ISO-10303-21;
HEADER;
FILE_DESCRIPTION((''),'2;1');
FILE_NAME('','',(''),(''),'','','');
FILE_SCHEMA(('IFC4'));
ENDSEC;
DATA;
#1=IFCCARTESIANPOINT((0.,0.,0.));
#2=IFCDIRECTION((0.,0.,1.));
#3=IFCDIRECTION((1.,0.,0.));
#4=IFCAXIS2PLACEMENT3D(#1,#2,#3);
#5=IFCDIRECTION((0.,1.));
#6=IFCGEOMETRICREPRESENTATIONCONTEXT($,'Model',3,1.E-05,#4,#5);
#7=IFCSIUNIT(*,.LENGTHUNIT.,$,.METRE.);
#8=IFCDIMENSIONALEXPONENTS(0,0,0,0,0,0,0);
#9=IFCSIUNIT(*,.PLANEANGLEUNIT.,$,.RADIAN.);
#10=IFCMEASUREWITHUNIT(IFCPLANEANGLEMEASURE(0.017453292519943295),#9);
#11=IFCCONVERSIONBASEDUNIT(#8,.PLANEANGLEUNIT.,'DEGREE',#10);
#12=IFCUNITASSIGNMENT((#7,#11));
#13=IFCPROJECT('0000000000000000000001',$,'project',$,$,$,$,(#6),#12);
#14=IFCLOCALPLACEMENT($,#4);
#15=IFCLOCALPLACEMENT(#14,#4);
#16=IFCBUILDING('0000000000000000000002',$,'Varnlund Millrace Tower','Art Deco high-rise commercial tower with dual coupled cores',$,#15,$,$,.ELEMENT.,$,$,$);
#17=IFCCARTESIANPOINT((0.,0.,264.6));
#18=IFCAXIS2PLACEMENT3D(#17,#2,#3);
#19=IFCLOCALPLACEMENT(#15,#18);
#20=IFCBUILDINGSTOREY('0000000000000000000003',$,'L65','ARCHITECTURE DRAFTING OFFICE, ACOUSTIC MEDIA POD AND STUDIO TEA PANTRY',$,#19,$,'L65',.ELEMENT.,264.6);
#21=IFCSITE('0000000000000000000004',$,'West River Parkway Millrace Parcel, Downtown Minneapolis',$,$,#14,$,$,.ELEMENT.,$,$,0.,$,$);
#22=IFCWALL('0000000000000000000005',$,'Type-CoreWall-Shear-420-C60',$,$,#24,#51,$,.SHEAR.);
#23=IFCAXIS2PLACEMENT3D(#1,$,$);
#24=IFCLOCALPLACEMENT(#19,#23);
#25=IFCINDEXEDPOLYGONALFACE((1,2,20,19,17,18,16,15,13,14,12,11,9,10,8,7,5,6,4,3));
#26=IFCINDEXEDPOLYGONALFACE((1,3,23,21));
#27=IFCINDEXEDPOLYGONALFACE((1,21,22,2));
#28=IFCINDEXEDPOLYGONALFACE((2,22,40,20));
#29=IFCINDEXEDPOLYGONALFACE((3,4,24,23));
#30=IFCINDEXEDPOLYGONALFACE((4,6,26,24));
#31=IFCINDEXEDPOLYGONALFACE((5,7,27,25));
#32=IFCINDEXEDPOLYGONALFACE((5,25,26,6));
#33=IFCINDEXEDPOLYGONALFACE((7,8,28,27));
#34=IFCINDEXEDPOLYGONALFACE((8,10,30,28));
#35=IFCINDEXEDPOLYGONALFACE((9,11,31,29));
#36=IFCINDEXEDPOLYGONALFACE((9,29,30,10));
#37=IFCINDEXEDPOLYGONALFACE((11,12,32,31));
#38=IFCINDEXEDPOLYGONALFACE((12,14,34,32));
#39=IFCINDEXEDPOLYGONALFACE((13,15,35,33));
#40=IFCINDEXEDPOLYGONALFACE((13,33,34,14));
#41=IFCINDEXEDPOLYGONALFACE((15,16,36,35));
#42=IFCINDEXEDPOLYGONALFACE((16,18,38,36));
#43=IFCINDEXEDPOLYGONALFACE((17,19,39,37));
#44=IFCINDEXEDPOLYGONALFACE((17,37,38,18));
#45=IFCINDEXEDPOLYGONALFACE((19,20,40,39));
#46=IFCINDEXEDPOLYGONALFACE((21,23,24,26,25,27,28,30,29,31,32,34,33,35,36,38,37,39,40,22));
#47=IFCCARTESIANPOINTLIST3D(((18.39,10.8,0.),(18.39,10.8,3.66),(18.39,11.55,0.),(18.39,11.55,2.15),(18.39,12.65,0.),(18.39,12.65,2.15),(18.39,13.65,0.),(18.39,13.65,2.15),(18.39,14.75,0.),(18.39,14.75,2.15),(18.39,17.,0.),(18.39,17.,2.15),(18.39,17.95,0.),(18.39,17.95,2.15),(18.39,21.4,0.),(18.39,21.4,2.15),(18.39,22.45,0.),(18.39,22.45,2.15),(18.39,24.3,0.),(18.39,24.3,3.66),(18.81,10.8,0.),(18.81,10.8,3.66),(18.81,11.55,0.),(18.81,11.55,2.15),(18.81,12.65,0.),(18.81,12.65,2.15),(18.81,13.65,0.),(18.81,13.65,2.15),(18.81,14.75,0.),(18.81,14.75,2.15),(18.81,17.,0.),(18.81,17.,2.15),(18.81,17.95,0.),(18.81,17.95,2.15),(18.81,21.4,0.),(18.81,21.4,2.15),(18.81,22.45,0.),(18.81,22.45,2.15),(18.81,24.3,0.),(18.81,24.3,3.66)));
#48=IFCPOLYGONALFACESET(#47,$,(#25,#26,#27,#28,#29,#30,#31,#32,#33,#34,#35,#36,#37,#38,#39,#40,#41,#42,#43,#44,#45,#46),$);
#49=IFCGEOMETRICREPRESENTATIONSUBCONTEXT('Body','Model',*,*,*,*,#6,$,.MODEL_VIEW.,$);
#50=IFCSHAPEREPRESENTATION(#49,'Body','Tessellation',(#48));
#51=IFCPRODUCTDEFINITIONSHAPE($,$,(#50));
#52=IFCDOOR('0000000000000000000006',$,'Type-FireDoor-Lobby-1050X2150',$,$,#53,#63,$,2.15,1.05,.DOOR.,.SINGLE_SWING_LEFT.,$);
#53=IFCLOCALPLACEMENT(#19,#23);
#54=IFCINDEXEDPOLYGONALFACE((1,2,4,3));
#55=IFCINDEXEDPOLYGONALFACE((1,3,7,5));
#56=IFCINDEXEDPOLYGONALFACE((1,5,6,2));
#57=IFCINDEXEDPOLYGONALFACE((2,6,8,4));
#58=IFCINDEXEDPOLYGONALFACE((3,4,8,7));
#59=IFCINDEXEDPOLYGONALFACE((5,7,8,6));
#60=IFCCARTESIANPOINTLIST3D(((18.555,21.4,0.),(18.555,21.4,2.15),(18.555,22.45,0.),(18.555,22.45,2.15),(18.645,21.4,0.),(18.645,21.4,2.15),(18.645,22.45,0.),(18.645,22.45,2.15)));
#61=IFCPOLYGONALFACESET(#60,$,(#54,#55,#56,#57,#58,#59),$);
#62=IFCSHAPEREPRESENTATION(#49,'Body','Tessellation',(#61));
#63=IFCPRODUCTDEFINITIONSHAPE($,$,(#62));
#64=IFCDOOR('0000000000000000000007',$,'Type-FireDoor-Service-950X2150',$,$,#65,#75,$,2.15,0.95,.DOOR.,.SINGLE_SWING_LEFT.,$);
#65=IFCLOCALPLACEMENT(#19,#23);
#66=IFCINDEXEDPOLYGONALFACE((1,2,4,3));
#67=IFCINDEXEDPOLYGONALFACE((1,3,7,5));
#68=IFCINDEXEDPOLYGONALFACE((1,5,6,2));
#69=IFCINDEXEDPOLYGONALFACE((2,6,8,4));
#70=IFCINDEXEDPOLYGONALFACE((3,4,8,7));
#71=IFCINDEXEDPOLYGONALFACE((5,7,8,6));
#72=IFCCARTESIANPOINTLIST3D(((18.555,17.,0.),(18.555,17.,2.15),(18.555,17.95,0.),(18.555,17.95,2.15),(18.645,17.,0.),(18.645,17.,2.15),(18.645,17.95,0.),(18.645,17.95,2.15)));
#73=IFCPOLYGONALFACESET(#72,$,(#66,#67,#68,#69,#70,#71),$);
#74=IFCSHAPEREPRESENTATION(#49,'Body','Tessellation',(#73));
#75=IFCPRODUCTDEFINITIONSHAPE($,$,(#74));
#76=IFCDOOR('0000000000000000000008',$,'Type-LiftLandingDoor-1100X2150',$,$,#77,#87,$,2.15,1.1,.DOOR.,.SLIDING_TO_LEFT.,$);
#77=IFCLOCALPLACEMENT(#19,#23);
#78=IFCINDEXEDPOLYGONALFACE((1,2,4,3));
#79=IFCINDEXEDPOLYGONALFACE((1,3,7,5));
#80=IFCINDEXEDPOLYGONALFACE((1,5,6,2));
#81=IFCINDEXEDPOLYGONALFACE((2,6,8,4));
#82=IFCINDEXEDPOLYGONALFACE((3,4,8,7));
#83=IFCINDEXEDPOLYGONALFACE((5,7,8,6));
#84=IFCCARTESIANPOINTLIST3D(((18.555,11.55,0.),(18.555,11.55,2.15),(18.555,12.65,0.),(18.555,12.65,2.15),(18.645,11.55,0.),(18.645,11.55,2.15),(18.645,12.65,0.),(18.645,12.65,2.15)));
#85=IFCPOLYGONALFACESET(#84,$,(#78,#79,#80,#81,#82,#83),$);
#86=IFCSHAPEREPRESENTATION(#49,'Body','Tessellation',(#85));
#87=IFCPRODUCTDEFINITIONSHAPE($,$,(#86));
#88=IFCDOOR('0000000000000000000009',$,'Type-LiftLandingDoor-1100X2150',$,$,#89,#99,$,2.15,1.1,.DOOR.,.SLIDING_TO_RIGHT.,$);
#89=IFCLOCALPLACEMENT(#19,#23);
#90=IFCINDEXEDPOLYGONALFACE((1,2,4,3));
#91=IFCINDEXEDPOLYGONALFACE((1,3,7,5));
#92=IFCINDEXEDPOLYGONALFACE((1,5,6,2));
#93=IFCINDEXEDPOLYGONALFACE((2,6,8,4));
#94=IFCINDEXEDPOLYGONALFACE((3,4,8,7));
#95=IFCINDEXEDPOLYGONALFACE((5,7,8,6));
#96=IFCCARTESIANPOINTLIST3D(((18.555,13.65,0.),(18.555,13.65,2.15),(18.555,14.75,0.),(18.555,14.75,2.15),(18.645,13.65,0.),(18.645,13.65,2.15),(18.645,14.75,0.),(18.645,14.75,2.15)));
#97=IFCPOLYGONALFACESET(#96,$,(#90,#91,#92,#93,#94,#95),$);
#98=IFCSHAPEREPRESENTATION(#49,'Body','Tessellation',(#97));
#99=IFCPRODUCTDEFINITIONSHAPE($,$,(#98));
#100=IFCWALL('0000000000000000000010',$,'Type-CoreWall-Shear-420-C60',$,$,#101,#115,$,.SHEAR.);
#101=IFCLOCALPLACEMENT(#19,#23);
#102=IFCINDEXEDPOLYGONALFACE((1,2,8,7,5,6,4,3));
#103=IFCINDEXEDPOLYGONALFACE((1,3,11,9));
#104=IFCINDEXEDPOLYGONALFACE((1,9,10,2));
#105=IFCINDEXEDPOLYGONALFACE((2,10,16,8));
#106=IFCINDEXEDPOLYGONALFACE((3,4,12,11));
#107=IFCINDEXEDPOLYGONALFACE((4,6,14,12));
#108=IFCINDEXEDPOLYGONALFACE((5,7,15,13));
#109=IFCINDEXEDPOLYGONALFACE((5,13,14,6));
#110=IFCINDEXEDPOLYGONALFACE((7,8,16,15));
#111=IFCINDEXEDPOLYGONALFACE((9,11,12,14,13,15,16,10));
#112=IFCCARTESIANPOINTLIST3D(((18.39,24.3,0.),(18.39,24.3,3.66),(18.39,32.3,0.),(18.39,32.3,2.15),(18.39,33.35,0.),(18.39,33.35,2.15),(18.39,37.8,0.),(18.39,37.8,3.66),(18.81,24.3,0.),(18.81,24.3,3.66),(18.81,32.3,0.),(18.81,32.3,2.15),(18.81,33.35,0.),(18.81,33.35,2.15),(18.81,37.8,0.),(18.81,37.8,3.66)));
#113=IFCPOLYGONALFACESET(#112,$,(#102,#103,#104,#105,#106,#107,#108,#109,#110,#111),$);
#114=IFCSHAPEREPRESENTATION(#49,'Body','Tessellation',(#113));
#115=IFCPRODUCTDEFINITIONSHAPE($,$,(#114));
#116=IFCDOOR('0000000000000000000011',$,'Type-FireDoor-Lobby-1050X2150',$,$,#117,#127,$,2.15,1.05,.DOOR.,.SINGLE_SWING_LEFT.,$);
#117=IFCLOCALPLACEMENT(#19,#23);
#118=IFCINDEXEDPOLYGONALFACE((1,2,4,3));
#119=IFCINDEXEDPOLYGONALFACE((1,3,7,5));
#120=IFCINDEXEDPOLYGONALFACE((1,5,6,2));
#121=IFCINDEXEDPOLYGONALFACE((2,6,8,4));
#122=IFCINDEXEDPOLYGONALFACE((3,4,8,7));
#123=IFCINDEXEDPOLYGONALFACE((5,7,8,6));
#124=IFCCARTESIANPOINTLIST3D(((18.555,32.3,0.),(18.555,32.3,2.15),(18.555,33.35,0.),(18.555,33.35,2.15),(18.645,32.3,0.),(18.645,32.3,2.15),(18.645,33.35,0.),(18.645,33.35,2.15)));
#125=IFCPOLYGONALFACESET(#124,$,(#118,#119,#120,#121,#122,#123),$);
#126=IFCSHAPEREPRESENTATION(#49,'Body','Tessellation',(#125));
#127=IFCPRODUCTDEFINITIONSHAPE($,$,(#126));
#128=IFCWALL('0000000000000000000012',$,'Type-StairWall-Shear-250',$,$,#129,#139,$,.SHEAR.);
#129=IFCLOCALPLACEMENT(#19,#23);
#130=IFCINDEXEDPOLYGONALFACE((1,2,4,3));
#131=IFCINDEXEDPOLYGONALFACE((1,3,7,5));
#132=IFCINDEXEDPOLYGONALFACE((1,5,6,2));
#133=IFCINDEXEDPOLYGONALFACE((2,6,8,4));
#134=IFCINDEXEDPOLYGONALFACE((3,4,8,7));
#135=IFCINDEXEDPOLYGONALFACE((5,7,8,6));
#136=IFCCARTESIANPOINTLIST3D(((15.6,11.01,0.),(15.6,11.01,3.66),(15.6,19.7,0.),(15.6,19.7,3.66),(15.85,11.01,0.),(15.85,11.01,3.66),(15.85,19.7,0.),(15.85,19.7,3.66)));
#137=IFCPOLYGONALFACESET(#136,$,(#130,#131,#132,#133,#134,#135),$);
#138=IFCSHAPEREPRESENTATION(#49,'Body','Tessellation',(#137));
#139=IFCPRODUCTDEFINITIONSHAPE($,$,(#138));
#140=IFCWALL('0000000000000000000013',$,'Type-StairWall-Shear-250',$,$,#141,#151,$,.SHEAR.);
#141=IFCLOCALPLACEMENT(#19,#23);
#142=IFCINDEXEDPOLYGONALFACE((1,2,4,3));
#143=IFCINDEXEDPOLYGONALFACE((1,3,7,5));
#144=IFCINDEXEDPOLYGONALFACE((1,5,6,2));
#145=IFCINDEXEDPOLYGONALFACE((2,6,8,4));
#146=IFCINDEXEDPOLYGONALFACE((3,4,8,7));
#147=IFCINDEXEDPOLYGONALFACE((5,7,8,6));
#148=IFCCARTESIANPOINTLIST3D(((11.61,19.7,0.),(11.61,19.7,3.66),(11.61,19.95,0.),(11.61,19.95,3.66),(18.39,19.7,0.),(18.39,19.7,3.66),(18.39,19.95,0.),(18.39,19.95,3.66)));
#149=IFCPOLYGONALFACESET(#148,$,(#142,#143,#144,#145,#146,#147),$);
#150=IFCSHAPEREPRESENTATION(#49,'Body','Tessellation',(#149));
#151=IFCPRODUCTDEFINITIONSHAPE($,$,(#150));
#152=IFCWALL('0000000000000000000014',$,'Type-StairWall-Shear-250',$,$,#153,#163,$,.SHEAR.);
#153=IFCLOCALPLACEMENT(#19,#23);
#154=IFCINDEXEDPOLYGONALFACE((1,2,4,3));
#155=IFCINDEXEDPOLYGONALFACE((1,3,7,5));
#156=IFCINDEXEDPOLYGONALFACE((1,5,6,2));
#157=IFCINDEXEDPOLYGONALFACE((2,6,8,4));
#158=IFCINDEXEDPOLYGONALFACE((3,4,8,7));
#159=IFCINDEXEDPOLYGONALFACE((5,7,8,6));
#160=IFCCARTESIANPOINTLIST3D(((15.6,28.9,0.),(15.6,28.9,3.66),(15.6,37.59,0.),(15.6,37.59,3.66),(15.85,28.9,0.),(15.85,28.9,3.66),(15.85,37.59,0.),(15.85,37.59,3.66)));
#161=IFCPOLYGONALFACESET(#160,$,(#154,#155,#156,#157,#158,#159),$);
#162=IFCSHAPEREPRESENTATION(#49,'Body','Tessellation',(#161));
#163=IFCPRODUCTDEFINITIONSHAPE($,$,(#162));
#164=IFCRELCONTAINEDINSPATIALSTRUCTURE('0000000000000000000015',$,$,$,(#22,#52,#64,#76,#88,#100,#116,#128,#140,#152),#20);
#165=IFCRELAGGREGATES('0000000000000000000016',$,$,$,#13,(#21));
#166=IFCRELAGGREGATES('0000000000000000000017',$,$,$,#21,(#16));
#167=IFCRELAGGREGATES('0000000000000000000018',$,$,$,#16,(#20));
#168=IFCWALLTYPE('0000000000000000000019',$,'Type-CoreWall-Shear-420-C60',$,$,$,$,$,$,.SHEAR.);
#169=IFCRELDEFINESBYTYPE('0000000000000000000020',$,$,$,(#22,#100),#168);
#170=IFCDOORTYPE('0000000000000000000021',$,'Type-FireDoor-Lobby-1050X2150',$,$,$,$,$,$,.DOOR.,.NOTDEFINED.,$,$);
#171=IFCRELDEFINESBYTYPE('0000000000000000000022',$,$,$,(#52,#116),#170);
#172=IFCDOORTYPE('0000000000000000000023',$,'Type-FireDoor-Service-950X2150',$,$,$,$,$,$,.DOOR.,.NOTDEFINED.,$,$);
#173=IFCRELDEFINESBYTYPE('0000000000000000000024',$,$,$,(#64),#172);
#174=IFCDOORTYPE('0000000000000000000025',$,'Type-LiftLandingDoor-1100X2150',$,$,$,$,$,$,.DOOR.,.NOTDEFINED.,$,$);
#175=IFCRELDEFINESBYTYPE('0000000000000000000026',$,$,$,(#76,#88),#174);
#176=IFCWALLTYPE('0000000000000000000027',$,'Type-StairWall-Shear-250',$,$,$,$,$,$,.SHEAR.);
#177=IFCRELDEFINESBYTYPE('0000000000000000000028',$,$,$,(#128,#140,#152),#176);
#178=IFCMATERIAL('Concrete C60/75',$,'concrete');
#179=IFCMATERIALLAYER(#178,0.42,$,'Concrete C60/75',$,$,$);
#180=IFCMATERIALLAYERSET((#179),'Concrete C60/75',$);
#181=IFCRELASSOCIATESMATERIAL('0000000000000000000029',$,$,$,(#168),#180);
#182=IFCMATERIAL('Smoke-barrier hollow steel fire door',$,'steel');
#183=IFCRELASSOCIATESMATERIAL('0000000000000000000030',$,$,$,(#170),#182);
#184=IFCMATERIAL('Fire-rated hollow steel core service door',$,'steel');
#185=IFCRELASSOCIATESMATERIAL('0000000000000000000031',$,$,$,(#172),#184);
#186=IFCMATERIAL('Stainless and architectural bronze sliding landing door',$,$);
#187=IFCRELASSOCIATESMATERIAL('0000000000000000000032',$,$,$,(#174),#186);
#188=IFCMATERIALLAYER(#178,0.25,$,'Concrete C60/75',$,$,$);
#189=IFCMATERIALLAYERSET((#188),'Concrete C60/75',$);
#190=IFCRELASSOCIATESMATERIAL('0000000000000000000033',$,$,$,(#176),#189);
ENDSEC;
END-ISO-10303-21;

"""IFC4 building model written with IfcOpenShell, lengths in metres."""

from ifc_helpers import new_model, entity, si_unit, converted_unit, direction, frame, origin_with_axes, origin_2d_with_axis, place, context, subcontext, project, spatial, polyline, rectangle, outline, extrude, material, layer, layer_set, type_object, element, fill, save


model = new_model("IFC4")

# Units and contexts
model_context = context("Model", 3, precision=1e-05, world=origin_with_axes(), true_north=direction((0.0, 1.0)))
body_context = subcontext(model_context, "Body", "Model", "MODEL_VIEW")
ifc_project = project(units=[si_unit("LENGTHUNIT", "METRE"), converted_unit("PLANEANGLEUNIT", "DEGREE", entity("IfcPlaneAngleMeasure", 0.017453292519943295), si_unit("PLANEANGLEUNIT", "RADIAN"), dimensions=[0, 0, 0, 0, 0, 0, 0])], contexts=[model_context])

# Site, building, storey
site_placement = place(None, origin_with_axes())
site = spatial("IfcSite", under=ifc_project, at=site_placement, Name="West River Parkway Millrace Parcel, Downtown Minneapolis", CompositionType="ELEMENT", RefElevation=0.0)
building_placement = place(site_placement, origin_with_axes())
building = spatial("IfcBuilding", under=site, at=building_placement, Name="Varnlund Millrace Tower", Description="Art Deco high-rise commercial tower with dual coupled cores", CompositionType="ELEMENT")
storey_placement = place(building_placement, frame((0.0, 0.0, 264.6), z_axis=(0.0, 0.0, 1.0), x_axis=(1.0, 0.0, 0.0)))
storey = spatial("IfcBuildingStorey", under=building, at=storey_placement, Name="L65", Description="ARCHITECTURE DRAFTING OFFICE, ACOUSTIC MEDIA POD AND STUDIO TEA PANTRY", LongName="L65", CompositionType="ELEMENT", Elevation=264.6)

# Shared definitions
ifc_material_1 = material(Name="Concrete C60/75", Category="concrete")

# Shared definitions
ifc_layer_1 = layer(ifc_material_1, 0.42, Name="Concrete C60/75")
ifc_layer_set_1 = layer_set([ifc_layer_1], Name="Concrete C60/75")
wall_type_1 = type_object("IfcWallType", Name="Type-CoreWall-Shear-420-C60", PredefinedType="SHEAR", material=ifc_layer_set_1)

# Wall, openings, doors
wall_1_placement = place(storey_placement, frame((18.6, 10.8, 0.0), z_axis=(0.0, 0.0, 1.0), x_axis=(0.0, 1.0, 0.0)))
wall_1 = element("IfcWall", 1, at=wall_1_placement, inside=storey, type_object=wall_type_1, Name="Type-CoreWall-Shear-420-C60", PredefinedType="SHEAR", context=body_context, shape_type="SweptSolid", body=[
    extrude(outline(polyline([(0.0, -0.21), (13.5, -0.21), (13.5, 0.21), (0.0, 0.21), (0.0, -0.21)])), origin_with_axes(), (0.0, 0.0, 1.0), 3.66),
])
opening_1_placement = place(wall_1_placement, frame((1.3, 0.0, 0.0), z_axis=(0.0, 0.0, 1.0), x_axis=(1.0, 0.0, 0.0)))
opening_1 = element("IfcOpeningElement", 2, at=opening_1_placement, cuts=wall_1, PredefinedType="OPENING", context=body_context, shape_type="SweptSolid", body=[
    extrude(rectangle(XDim=1.1, YDim=0.44, at=origin_2d_with_axis()), origin_with_axes(), (0.0, 0.0, 1.0), 2.15),
])
opening_2_placement = place(wall_1_placement, frame((3.4, 0.0, 0.0), z_axis=(0.0, 0.0, 1.0), x_axis=(1.0, 0.0, 0.0)))
opening_2 = element("IfcOpeningElement", 3, at=opening_2_placement, cuts=wall_1, PredefinedType="OPENING", context=body_context, shape_type="SweptSolid", body=[
    extrude(rectangle(XDim=1.1, YDim=0.44, at=origin_2d_with_axis()), origin_with_axes(), (0.0, 0.0, 1.0), 2.15),
])
opening_3_placement = place(wall_1_placement, frame((11.125, 0.0, 0.0), z_axis=(0.0, 0.0, 1.0), x_axis=(1.0, 0.0, 0.0)))
opening_3 = element("IfcOpeningElement", 4, at=opening_3_placement, cuts=wall_1, PredefinedType="OPENING", context=body_context, shape_type="SweptSolid", body=[
    extrude(rectangle(XDim=1.05, YDim=0.44, at=origin_2d_with_axis()), origin_with_axes(), (0.0, 0.0, 1.0), 2.15),
])
opening_4_placement = place(wall_1_placement, frame((6.675, 0.0, 0.0), z_axis=(0.0, 0.0, 1.0), x_axis=(1.0, 0.0, 0.0)))
opening_4 = element("IfcOpeningElement", 5, at=opening_4_placement, cuts=wall_1, PredefinedType="OPENING", context=body_context, shape_type="SweptSolid", body=[
    extrude(rectangle(XDim=0.95, YDim=0.44, at=origin_2d_with_axis()), origin_with_axes(), (0.0, 0.0, 1.0), 2.15),
])
ifc_material_2 = material(Name="Smoke-barrier hollow steel fire door", Category="steel")
door_type_1 = type_object("IfcDoorType", Name="Type-FireDoor-Lobby-1050X2150", OperationType="NOTDEFINED", PredefinedType="DOOR", material=ifc_material_2)
door_1_placement = place(wall_1_placement, frame((11.125, 0.0, 0.0), z_axis=(0.0, 0.0, 1.0), x_axis=(1.0, 0.0, 0.0)))
door_1 = element("IfcDoor", 6, at=door_1_placement, inside=storey, type_object=door_type_1, Name="Type-FireDoor-Lobby-1050X2150", OperationType="SINGLE_SWING_LEFT", OverallHeight=2.15, OverallWidth=1.05, PredefinedType="DOOR", context=body_context, shape_type="SweptSolid", body=[
    extrude(rectangle(XDim=1.05, YDim=0.09, at=origin_2d_with_axis()), origin_with_axes(), (0.0, 0.0, 1.0), 2.15),
])
fill(opening_3, door_1)
ifc_material_3 = material(Name="Fire-rated hollow steel core service door", Category="steel")
door_type_2 = type_object("IfcDoorType", Name="Type-FireDoor-Service-950X2150", OperationType="NOTDEFINED", PredefinedType="DOOR", material=ifc_material_3)
door_2_placement = place(wall_1_placement, frame((6.675, 0.0, 0.0), z_axis=(0.0, 0.0, 1.0), x_axis=(1.0, 0.0, 0.0)))
door_2 = element("IfcDoor", 7, at=door_2_placement, inside=storey, type_object=door_type_2, Name="Type-FireDoor-Service-950X2150", OperationType="SINGLE_SWING_LEFT", OverallHeight=2.15, OverallWidth=0.95, PredefinedType="DOOR", context=body_context, shape_type="SweptSolid", body=[
    extrude(rectangle(XDim=0.95, YDim=0.09, at=origin_2d_with_axis()), origin_with_axes(), (0.0, 0.0, 1.0), 2.15),
])
fill(opening_4, door_2)
ifc_material_4 = material(Name="Stainless and architectural bronze sliding landing door")
door_type_3 = type_object("IfcDoorType", Name="Type-LiftLandingDoor-1100X2150", OperationType="NOTDEFINED", PredefinedType="DOOR", material=ifc_material_4)
door_3_placement = place(wall_1_placement, frame((1.3, 0.0, 0.0), z_axis=(0.0, 0.0, 1.0), x_axis=(1.0, 0.0, 0.0)))
door_3 = element("IfcDoor", 8, at=door_3_placement, inside=storey, type_object=door_type_3, Name="Type-LiftLandingDoor-1100X2150", OperationType="SLIDING_TO_LEFT", OverallHeight=2.15, OverallWidth=1.1, PredefinedType="DOOR", context=body_context, shape_type="SweptSolid", body=[
    extrude(rectangle(XDim=1.1, YDim=0.09, at=origin_2d_with_axis()), origin_with_axes(), (0.0, 0.0, 1.0), 2.15),
])
fill(opening_1, door_3)
door_4_placement = place(wall_1_placement, frame((3.4, 0.0, 0.0), z_axis=(0.0, 0.0, 1.0), x_axis=(1.0, 0.0, 0.0)))
door_4 = element("IfcDoor", 9, at=door_4_placement, inside=storey, type_object=door_type_3, Name="Type-LiftLandingDoor-1100X2150", OperationType="SLIDING_TO_RIGHT", OverallHeight=2.15, OverallWidth=1.1, PredefinedType="DOOR", context=body_context, shape_type="SweptSolid", body=[
    extrude(rectangle(XDim=1.1, YDim=0.09, at=origin_2d_with_axis()), origin_with_axes(), (0.0, 0.0, 1.0), 2.15),
])
fill(opening_2, door_4)

# Wall, opening, door
wall_2_placement = place(storey_placement, frame((18.6, 24.3, 0.0), z_axis=(0.0, 0.0, 1.0), x_axis=(0.0, 1.0, 0.0)))
wall_2 = element("IfcWall", 10, at=wall_2_placement, inside=storey, type_object=wall_type_1, Name="Type-CoreWall-Shear-420-C60", PredefinedType="SHEAR", context=body_context, shape_type="SweptSolid", body=[
    extrude(outline(polyline([(0.0, -0.21), (13.5, -0.21), (13.5, 0.21), (0.0, 0.21), (0.0, -0.21)])), origin_with_axes(), (0.0, 0.0, 1.0), 3.66),
])
opening_5_placement = place(wall_2_placement, frame((8.525, 0.0, 0.0), z_axis=(0.0, 0.0, 1.0), x_axis=(1.0, 0.0, 0.0)))
opening_5 = element("IfcOpeningElement", 11, at=opening_5_placement, cuts=wall_2, PredefinedType="OPENING", context=body_context, shape_type="SweptSolid", body=[
    extrude(rectangle(XDim=1.05, YDim=0.44, at=origin_2d_with_axis()), origin_with_axes(), (0.0, 0.0, 1.0), 2.15),
])
door_5_placement = place(wall_2_placement, frame((8.525, 0.0, 0.0), z_axis=(0.0, 0.0, 1.0), x_axis=(1.0, 0.0, 0.0)))
door_5 = element("IfcDoor", 12, at=door_5_placement, inside=storey, type_object=door_type_1, Name="Type-FireDoor-Lobby-1050X2150", OperationType="SINGLE_SWING_LEFT", OverallHeight=2.15, OverallWidth=1.05, PredefinedType="DOOR", context=body_context, shape_type="SweptSolid", body=[
    extrude(rectangle(XDim=1.05, YDim=0.09, at=origin_2d_with_axis()), origin_with_axes(), (0.0, 0.0, 1.0), 2.15),
])
fill(opening_5, door_5)

# Walls
ifc_layer_2 = layer(ifc_material_1, 0.25, Name="Concrete C60/75")
ifc_layer_set_2 = layer_set([ifc_layer_2], Name="Concrete C60/75")
wall_type_2 = type_object("IfcWallType", Name="Type-StairWall-Shear-250", PredefinedType="SHEAR", material=ifc_layer_set_2)
wall_3_placement = place(storey_placement, frame((15.725, 11.01, 0.0), z_axis=(0.0, 0.0, 1.0), x_axis=(0.0, 1.0, 0.0)))
element("IfcWall", 13, at=wall_3_placement, inside=storey, type_object=wall_type_2, Name="Type-StairWall-Shear-250", PredefinedType="SHEAR", context=body_context, shape_type="SweptSolid", body=[
    extrude(outline(polyline([(0.0, -0.125), (8.69, -0.125), (8.69, 0.125), (0.0, 0.125), (0.0, -0.125)])), origin_with_axes(), (0.0, 0.0, 1.0), 3.66),
])
wall_4_placement = place(storey_placement, frame((11.61, 19.825, 0.0), z_axis=(0.0, 0.0, 1.0), x_axis=(1.0, 0.0, 0.0)))
element("IfcWall", 14, at=wall_4_placement, inside=storey, type_object=wall_type_2, Name="Type-StairWall-Shear-250", PredefinedType="SHEAR", context=body_context, shape_type="SweptSolid", body=[
    extrude(outline(polyline([(0.0, -0.125), (6.78, -0.125), (6.78, 0.125), (0.0, 0.125), (0.0, -0.125)])), origin_with_axes(), (0.0, 0.0, 1.0), 3.66),
])
wall_5_placement = place(storey_placement, frame((15.725, 28.9, 0.0), z_axis=(0.0, 0.0, 1.0), x_axis=(0.0, 1.0, 0.0)))
element("IfcWall", 15, at=wall_5_placement, inside=storey, type_object=wall_type_2, Name="Type-StairWall-Shear-250", PredefinedType="SHEAR", context=body_context, shape_type="SweptSolid", body=[
    extrude(outline(polyline([(0.0, -0.125), (8.69, -0.125), (8.69, 0.125), (0.0, 0.125), (0.0, -0.125)])), origin_with_axes(), (0.0, 0.0, 1.0), 3.66),
])

save(model, "model.ifc")
